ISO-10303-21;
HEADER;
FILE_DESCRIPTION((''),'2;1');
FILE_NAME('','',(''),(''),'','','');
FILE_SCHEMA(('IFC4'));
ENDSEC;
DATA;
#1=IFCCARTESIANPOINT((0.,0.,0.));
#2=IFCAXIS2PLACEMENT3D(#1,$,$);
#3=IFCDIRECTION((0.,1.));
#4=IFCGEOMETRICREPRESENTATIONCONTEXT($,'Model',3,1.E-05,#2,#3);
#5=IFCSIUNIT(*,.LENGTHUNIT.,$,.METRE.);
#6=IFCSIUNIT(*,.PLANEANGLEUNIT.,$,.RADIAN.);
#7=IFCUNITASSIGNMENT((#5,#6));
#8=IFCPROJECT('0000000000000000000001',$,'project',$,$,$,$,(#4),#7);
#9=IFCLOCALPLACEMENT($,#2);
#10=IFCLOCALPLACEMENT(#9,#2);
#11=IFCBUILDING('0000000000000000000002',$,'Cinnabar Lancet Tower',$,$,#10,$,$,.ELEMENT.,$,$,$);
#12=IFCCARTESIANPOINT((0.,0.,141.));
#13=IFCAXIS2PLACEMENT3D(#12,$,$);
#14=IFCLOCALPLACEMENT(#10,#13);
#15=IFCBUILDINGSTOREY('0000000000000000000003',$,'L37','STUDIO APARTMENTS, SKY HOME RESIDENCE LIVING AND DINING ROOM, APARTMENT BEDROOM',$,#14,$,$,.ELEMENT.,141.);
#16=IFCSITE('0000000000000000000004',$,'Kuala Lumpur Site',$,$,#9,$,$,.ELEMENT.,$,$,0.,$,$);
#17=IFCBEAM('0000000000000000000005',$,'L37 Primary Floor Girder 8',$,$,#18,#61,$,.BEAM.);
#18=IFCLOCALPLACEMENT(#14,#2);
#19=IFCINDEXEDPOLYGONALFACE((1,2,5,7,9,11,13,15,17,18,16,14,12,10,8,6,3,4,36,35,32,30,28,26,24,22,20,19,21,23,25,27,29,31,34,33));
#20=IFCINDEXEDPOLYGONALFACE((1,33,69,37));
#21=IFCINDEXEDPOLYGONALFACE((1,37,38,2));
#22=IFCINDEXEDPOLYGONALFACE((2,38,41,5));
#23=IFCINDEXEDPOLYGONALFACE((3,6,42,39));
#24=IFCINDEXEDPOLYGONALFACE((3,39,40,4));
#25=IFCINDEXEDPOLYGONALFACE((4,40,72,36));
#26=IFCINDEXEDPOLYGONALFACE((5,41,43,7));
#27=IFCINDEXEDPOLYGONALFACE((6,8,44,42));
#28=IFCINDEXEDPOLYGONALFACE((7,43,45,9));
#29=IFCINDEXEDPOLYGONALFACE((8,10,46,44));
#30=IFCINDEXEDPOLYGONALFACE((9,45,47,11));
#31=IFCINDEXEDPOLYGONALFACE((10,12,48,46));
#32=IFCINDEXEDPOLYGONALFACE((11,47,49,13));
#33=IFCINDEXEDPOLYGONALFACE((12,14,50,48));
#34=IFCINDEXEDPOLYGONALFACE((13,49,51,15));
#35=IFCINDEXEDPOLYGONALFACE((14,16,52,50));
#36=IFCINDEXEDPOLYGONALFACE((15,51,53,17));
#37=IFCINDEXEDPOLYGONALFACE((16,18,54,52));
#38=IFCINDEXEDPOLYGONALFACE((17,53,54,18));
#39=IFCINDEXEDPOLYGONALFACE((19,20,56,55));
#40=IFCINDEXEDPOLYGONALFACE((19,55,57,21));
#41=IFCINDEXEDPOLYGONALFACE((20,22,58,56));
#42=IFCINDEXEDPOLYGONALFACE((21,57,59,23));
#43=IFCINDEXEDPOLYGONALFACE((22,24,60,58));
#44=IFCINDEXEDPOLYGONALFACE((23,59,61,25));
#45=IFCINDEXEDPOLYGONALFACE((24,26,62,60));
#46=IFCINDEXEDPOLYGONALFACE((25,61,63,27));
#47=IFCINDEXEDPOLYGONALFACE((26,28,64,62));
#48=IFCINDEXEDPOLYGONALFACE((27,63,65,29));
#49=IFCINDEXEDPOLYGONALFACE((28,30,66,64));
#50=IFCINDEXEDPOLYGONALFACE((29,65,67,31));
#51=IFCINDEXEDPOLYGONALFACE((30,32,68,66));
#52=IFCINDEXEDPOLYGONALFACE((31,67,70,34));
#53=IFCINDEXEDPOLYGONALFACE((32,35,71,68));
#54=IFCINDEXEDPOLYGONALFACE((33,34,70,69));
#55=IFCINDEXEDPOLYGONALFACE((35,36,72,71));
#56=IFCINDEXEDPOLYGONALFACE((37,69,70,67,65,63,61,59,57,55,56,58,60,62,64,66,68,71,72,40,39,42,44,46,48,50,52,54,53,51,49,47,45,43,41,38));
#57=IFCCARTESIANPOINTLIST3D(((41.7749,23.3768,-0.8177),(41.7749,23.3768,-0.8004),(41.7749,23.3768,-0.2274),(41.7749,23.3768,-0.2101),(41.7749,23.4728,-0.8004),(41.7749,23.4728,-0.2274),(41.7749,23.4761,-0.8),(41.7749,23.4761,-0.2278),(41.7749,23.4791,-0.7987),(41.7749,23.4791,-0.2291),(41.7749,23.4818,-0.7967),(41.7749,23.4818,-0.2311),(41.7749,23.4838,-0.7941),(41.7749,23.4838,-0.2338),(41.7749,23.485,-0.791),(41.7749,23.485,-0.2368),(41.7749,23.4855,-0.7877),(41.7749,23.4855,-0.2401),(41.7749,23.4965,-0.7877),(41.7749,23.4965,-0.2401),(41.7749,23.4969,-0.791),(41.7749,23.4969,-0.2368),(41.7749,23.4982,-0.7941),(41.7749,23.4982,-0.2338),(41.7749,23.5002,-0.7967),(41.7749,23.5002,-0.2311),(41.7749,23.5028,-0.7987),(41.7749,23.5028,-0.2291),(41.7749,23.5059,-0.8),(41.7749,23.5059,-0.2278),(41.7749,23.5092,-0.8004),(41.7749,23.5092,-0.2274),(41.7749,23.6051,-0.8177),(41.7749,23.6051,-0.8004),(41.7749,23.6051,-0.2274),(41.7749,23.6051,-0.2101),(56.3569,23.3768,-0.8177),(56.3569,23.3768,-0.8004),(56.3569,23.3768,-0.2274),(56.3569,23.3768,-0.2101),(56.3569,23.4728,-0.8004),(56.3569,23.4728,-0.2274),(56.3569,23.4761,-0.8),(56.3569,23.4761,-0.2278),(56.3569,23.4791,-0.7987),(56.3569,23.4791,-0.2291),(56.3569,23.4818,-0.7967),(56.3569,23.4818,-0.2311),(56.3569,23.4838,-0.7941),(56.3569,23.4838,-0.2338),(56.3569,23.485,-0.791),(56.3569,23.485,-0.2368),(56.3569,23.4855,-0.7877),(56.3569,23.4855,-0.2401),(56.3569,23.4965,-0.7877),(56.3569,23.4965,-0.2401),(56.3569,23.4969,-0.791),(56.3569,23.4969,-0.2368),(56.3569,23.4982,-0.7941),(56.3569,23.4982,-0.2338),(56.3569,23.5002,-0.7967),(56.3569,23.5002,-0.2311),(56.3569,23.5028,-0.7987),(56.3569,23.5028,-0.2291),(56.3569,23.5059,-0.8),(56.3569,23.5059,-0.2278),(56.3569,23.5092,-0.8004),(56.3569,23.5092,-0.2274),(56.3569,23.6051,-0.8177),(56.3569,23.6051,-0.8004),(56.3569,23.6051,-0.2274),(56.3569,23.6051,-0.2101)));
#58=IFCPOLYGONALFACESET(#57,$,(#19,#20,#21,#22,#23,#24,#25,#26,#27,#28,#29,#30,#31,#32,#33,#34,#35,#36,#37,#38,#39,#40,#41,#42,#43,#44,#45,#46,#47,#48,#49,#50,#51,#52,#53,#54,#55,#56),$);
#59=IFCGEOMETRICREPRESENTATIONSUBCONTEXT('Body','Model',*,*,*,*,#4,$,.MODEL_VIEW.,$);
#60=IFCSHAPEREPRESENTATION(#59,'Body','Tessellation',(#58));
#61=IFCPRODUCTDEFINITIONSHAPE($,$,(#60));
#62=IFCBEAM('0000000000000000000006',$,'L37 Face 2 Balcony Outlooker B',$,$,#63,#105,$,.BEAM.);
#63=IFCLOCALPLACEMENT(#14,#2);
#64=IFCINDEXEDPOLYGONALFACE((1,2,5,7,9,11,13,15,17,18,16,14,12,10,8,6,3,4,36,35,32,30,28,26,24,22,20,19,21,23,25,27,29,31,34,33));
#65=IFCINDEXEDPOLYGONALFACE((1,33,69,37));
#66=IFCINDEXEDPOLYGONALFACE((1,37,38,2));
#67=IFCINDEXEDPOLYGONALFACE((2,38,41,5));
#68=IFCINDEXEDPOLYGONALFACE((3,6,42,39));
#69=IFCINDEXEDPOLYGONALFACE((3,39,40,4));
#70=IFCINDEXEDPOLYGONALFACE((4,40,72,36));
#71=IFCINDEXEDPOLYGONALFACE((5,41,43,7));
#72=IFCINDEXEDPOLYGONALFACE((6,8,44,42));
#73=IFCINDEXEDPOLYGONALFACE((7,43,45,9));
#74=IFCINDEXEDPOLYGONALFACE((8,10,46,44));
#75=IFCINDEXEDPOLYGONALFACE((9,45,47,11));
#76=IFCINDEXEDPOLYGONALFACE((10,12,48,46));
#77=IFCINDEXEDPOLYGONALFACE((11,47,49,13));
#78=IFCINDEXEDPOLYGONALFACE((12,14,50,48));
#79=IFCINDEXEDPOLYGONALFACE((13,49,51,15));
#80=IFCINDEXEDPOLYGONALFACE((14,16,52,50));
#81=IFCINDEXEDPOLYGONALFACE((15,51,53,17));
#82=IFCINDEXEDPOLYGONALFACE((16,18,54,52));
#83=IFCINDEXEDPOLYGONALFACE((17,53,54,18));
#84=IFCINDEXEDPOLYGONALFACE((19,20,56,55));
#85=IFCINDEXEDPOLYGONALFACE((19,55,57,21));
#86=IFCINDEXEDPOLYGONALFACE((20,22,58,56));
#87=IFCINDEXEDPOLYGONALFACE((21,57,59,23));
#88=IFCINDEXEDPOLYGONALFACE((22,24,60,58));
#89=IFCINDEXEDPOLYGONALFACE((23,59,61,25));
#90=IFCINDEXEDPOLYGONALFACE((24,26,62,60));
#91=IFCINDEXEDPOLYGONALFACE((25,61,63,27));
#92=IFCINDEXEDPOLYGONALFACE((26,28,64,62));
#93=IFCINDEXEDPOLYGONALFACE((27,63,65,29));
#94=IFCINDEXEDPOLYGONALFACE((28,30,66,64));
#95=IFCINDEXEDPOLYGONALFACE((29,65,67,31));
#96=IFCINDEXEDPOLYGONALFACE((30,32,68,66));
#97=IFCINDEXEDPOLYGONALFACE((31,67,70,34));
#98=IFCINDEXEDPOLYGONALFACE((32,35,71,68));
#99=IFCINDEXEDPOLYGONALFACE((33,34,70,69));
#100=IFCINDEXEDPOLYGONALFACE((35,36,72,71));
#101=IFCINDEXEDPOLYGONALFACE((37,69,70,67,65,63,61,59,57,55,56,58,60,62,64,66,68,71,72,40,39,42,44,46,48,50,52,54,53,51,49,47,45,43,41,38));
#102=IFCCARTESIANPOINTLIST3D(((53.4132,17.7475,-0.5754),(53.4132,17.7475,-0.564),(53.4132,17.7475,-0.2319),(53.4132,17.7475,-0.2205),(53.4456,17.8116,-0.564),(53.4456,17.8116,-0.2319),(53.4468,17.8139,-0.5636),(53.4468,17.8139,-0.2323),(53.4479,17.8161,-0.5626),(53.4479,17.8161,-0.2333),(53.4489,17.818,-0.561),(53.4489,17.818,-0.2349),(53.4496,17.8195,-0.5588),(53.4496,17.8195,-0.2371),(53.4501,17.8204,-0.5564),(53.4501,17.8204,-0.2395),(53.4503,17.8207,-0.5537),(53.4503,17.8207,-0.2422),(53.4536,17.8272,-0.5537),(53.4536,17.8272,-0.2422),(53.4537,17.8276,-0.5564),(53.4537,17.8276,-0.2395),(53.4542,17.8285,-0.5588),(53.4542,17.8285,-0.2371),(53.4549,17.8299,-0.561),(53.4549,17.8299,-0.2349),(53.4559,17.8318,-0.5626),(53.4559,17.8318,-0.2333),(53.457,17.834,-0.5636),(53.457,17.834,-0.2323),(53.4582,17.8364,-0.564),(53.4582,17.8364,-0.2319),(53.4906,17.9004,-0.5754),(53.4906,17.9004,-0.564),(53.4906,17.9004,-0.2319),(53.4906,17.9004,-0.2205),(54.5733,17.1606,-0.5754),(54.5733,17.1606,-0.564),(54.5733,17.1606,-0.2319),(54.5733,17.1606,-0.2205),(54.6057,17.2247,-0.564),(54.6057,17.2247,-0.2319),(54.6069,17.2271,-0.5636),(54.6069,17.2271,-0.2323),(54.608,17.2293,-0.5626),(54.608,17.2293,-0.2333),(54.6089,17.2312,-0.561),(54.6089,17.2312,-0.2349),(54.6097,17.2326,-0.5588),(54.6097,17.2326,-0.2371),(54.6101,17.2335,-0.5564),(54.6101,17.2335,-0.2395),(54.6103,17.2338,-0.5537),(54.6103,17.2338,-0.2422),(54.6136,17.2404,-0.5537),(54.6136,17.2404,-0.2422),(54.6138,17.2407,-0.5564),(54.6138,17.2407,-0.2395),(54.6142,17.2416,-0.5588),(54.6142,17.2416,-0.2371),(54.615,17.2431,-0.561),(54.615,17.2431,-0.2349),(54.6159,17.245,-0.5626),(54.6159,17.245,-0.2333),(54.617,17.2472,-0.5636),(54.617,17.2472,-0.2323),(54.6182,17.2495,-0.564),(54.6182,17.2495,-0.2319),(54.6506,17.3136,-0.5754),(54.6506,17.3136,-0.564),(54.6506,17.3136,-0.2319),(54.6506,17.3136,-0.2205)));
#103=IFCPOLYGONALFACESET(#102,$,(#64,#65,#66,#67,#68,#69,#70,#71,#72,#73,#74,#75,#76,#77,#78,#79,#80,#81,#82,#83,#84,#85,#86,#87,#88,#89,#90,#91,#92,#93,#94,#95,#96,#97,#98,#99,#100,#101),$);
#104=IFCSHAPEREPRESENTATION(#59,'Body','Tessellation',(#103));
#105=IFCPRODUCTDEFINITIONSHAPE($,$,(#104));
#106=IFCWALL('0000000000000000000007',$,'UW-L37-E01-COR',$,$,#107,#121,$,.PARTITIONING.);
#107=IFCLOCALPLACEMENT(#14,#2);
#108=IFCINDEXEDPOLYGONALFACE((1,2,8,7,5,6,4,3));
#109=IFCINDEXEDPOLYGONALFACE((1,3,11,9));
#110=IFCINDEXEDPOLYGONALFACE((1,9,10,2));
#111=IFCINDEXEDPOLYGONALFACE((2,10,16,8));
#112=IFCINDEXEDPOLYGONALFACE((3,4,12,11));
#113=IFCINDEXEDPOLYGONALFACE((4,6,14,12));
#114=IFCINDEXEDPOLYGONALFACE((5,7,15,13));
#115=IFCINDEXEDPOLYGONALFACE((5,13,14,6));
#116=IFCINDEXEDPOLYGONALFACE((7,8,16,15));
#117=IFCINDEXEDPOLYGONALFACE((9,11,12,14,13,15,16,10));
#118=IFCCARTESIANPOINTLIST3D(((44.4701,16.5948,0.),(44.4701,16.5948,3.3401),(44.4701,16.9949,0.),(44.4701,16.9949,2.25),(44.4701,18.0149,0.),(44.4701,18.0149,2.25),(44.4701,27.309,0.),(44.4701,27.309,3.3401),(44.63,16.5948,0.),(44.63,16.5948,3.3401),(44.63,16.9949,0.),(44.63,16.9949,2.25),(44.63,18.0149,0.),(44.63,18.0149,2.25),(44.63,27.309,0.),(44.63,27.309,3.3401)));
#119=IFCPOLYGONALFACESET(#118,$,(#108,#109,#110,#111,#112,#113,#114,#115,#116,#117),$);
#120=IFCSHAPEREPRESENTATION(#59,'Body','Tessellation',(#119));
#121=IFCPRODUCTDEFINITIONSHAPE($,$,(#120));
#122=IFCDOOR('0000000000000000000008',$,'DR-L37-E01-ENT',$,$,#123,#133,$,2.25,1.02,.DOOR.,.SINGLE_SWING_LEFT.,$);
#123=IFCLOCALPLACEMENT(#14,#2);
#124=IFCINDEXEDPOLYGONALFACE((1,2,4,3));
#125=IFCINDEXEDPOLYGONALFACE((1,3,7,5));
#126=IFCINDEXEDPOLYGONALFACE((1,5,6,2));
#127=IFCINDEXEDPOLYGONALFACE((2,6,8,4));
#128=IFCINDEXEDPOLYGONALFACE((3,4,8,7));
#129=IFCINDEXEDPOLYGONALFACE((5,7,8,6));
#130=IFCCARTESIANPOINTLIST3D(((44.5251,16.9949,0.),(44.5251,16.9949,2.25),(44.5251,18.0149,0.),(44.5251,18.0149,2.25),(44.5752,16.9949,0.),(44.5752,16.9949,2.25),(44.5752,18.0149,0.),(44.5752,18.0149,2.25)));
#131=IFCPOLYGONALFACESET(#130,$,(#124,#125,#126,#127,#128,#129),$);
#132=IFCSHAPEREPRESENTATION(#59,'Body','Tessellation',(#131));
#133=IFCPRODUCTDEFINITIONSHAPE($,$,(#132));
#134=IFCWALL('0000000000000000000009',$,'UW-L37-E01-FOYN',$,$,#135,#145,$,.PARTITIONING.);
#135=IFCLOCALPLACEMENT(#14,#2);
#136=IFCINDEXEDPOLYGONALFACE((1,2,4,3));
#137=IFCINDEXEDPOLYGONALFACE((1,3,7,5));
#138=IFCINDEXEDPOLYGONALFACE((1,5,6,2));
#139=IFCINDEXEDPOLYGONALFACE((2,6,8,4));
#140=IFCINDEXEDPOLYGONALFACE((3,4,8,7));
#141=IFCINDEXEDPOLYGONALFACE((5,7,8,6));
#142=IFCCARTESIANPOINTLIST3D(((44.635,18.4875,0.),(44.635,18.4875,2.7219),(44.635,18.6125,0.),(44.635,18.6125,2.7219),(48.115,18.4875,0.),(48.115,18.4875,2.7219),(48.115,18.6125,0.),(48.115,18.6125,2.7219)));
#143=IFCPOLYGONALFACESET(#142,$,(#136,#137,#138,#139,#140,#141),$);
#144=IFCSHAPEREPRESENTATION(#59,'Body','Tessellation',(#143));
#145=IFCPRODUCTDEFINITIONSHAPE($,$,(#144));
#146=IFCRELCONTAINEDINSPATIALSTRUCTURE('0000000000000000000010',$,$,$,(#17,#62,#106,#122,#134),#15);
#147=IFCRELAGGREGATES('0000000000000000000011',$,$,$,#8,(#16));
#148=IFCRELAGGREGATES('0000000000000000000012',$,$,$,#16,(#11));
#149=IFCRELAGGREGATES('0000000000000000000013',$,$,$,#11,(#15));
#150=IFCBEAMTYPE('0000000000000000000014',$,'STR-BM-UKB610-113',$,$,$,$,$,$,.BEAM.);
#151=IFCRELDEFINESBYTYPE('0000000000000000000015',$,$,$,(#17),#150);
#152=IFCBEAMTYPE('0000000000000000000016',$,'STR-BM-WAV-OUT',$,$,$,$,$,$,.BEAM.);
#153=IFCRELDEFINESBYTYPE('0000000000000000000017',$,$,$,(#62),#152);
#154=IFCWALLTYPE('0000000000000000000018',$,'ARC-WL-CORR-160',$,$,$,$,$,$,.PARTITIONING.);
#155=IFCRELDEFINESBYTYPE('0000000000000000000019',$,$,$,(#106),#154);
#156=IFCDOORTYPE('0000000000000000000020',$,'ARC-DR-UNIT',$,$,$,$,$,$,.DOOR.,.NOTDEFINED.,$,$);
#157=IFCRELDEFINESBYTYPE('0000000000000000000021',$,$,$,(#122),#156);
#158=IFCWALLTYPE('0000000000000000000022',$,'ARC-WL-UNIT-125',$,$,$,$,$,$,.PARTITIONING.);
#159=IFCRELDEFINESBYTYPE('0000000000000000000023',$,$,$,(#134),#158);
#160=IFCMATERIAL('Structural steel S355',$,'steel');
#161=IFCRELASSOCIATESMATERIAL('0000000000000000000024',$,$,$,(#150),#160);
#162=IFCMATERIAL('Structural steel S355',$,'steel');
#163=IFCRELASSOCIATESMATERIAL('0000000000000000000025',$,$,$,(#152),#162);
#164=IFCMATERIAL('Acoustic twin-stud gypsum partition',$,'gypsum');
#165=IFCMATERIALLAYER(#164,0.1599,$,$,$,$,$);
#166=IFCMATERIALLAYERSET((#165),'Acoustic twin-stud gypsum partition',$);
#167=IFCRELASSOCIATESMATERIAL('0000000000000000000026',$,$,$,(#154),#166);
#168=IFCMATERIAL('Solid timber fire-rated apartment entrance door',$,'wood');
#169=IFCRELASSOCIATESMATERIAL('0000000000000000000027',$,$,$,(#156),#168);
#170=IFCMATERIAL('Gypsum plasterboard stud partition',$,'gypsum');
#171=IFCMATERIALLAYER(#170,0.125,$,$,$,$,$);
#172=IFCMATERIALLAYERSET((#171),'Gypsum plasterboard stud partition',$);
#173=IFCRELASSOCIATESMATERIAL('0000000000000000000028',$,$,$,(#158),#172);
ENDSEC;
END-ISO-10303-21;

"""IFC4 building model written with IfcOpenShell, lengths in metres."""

from ifc_helpers import new_model, si_unit, direction, frame, frame_2d, origin, origin_2d, place, context, subcontext, project, spatial, rectangle, i_section, extrude, material, layer, layer_set, material_profile, profile_set, type_object, element, fill, save


model = new_model("IFC4")

# Units and contexts
model_context = context("Model", 3, precision=1e-05, world=origin(), true_north=direction((0.0, 1.0)))
body_context = subcontext(model_context, "Body", "Model", "MODEL_VIEW")
ifc_project = project(units=[si_unit("LENGTHUNIT", "METRE"), si_unit("PLANEANGLEUNIT", "RADIAN")], contexts=[model_context])

# Site, building, storey
site_placement = place(None, origin())
site = spatial("IfcSite", under=ifc_project, at=site_placement, Name="Kuala Lumpur Site", CompositionType="ELEMENT", RefElevation=0.0)
building_placement = place(site_placement, origin())
building = spatial("IfcBuilding", under=site, at=building_placement, Name="Cinnabar Lancet Tower", CompositionType="ELEMENT")
storey_placement = place(building_placement, frame((0.0, 0.0, 141.0)))
storey = spatial("IfcBuildingStorey", under=building, at=storey_placement, Name="L37", Description="STUDIO APARTMENTS, SKY HOME RESIDENCE LIVING AND DINING ROOM, APARTMENT BEDROOM", CompositionType="ELEMENT", Elevation=141.0)

# Beams
ifc_material_1 = material(Name="Structural steel S355", Category="steel")
ifc_material_profile_1 = material_profile(ifc_material_1, i_section(OverallWidth=0.2283, OverallDepth=0.6077, WebThickness=0.011, FlangeThickness=0.0173, FilletRadius=0.0127, at=origin_2d()), Name="UKB 610x229x113")
ifc_profile_set_1 = profile_set([ifc_material_profile_1], Name="Structural steel S355")
beam_type_1 = type_object("IfcBeamType", Name="STR-BM-UKB610-113", PredefinedType="BEAM", material=ifc_profile_set_1)
beam_1_placement = place(storey_placement, frame((56.3569, 23.491, -0.5139), z_axis=(-1.0, 0.0, 0.0), x_axis=(0.0, -1.0, 0.0)))
element("IfcBeam", 1, at=beam_1_placement, inside=storey, type_object=beam_type_1, Name="L37 Primary Floor Girder 8", PredefinedType="BEAM", context=body_context, shape_type="SweptSolid", body=[
    extrude(i_section(OverallWidth=0.2283, OverallDepth=0.6077, WebThickness=0.011, FlangeThickness=0.0173, FilletRadius=0.0127, at=origin_2d()), origin(), (0.0, 0.0, 1.0), 14.582),
])
ifc_material_2 = material(Name="Structural steel S355", Category="steel")
ifc_material_profile_2 = material_profile(ifc_material_2, i_section(OverallWidth=0.1714, OverallDepth=0.355, WebThickness=0.0073, FlangeThickness=0.0115, FilletRadius=0.0103, at=origin_2d()), Name="UKB 356x171x51")
ifc_profile_set_2 = profile_set([ifc_material_profile_2], Name="Structural steel S355")
beam_type_2 = type_object("IfcBeamType", Name="STR-BM-WAV-OUT", PredefinedType="BEAM", material=ifc_profile_set_2)
beam_2_placement = place(storey_placement, frame((53.4519, 17.824, -0.3979), z_axis=(0.892314, -0.451415, 0.0), x_axis=(0.451415, 0.892314, 0.0)))
element("IfcBeam", 2, at=beam_2_placement, inside=storey, type_object=beam_type_2, Name="L37 Face 2 Balcony Outlooker B", PredefinedType="BEAM", context=body_context, shape_type="SweptSolid", body=[
    extrude(i_section(OverallWidth=0.1714, OverallDepth=0.355, WebThickness=0.0073, FlangeThickness=0.0115, FilletRadius=0.0103, at=origin_2d()), origin(), (0.0, 0.0, 1.0), 1.3),
])

# Wall, opening, door
ifc_material_3 = material(Name="Acoustic twin-stud gypsum partition", Category="gypsum")
ifc_layer_1 = layer(ifc_material_3, 0.1599)
ifc_layer_set_1 = layer_set([ifc_layer_1], Name="Acoustic twin-stud gypsum partition")
wall_type_1 = type_object("IfcWallType", Name="ARC-WL-CORR-160", PredefinedType="PARTITIONING", material=ifc_layer_set_1)
wall_1_placement = place(storey_placement, frame((44.55, 16.595, 0.0), z_axis=(0.0, 0.0, 1.0), x_axis=(0.0, 1.0, 0.0)))
wall_1 = element("IfcWall", 3, at=wall_1_placement, inside=storey, type_object=wall_type_1, Name="UW-L37-E01-COR", PredefinedType="PARTITIONING", context=body_context, shape_type="SweptSolid", body=[
    extrude(rectangle(XDim=10.7141, YDim=0.1599, at=frame_2d((5.3569, 0.0))), origin(), (0.0, 0.0, 1.0), 3.3401),
])
opening_1_placement = place(wall_1_placement, frame((0.3999, 0.0, 0.0)))
opening_1 = element("IfcOpeningElement", 4, at=opening_1_placement, cuts=wall_1, PredefinedType="OPENING", context=body_context, shape_type="SweptSolid", body=[
    extrude(rectangle(XDim=1.02, YDim=2.25, at=frame_2d((0.51, 1.125))), frame((0.0, 0.0898, 0.0), z_axis=(0.0, -1.0, 0.0), x_axis=(1.0, 0.0, 0.0)), (0.0, 0.0, 1.0), 0.1799),
])
ifc_material_4 = material(Name="Solid timber fire-rated apartment entrance door", Category="wood")
door_type_1 = type_object("IfcDoorType", Name="ARC-DR-UNIT", OperationType="NOTDEFINED", PredefinedType="DOOR", material=ifc_material_4)
door_1_placement = place(opening_1_placement, origin())
door_1 = element("IfcDoor", 5, at=door_1_placement, inside=storey, type_object=door_type_1, Name="DR-L37-E01-ENT", OperationType="SINGLE_SWING_LEFT", OverallHeight=2.25, OverallWidth=1.02, PredefinedType="DOOR", context=body_context, shape_type="SweptSolid", body=[
    extrude(rectangle(XDim=1.02, YDim=2.25, at=frame_2d((0.51, 1.125))), frame((0.0, 0.0249, 0.0), z_axis=(0.0, -1.0, 0.0), x_axis=(1.0, 0.0, 0.0)), (0.0, 0.0, 1.0), 0.05),
])
fill(opening_1, door_1)

# Wall
ifc_material_5 = material(Name="Gypsum plasterboard stud partition", Category="gypsum")
ifc_layer_2 = layer(ifc_material_5, 0.125)
ifc_layer_set_2 = layer_set([ifc_layer_2], Name="Gypsum plasterboard stud partition")
wall_type_2 = type_object("IfcWallType", Name="ARC-WL-UNIT-125", PredefinedType="PARTITIONING", material=ifc_layer_set_2)
wall_2_placement = place(storey_placement, frame((44.635, 18.55, 0.0), z_axis=(0.0, 0.0, 1.0), x_axis=(1.0, 0.0, 0.0)))
element("IfcWall", 6, at=wall_2_placement, inside=storey, type_object=wall_type_2, Name="UW-L37-E01-FOYN", PredefinedType="PARTITIONING", context=body_context, shape_type="SweptSolid", body=[
    extrude(rectangle(XDim=3.48, YDim=0.125, at=frame_2d((1.74, 0.0))), origin(), (0.0, 0.0, 1.0), 2.7219),
])

save(model, "model.ifc")
